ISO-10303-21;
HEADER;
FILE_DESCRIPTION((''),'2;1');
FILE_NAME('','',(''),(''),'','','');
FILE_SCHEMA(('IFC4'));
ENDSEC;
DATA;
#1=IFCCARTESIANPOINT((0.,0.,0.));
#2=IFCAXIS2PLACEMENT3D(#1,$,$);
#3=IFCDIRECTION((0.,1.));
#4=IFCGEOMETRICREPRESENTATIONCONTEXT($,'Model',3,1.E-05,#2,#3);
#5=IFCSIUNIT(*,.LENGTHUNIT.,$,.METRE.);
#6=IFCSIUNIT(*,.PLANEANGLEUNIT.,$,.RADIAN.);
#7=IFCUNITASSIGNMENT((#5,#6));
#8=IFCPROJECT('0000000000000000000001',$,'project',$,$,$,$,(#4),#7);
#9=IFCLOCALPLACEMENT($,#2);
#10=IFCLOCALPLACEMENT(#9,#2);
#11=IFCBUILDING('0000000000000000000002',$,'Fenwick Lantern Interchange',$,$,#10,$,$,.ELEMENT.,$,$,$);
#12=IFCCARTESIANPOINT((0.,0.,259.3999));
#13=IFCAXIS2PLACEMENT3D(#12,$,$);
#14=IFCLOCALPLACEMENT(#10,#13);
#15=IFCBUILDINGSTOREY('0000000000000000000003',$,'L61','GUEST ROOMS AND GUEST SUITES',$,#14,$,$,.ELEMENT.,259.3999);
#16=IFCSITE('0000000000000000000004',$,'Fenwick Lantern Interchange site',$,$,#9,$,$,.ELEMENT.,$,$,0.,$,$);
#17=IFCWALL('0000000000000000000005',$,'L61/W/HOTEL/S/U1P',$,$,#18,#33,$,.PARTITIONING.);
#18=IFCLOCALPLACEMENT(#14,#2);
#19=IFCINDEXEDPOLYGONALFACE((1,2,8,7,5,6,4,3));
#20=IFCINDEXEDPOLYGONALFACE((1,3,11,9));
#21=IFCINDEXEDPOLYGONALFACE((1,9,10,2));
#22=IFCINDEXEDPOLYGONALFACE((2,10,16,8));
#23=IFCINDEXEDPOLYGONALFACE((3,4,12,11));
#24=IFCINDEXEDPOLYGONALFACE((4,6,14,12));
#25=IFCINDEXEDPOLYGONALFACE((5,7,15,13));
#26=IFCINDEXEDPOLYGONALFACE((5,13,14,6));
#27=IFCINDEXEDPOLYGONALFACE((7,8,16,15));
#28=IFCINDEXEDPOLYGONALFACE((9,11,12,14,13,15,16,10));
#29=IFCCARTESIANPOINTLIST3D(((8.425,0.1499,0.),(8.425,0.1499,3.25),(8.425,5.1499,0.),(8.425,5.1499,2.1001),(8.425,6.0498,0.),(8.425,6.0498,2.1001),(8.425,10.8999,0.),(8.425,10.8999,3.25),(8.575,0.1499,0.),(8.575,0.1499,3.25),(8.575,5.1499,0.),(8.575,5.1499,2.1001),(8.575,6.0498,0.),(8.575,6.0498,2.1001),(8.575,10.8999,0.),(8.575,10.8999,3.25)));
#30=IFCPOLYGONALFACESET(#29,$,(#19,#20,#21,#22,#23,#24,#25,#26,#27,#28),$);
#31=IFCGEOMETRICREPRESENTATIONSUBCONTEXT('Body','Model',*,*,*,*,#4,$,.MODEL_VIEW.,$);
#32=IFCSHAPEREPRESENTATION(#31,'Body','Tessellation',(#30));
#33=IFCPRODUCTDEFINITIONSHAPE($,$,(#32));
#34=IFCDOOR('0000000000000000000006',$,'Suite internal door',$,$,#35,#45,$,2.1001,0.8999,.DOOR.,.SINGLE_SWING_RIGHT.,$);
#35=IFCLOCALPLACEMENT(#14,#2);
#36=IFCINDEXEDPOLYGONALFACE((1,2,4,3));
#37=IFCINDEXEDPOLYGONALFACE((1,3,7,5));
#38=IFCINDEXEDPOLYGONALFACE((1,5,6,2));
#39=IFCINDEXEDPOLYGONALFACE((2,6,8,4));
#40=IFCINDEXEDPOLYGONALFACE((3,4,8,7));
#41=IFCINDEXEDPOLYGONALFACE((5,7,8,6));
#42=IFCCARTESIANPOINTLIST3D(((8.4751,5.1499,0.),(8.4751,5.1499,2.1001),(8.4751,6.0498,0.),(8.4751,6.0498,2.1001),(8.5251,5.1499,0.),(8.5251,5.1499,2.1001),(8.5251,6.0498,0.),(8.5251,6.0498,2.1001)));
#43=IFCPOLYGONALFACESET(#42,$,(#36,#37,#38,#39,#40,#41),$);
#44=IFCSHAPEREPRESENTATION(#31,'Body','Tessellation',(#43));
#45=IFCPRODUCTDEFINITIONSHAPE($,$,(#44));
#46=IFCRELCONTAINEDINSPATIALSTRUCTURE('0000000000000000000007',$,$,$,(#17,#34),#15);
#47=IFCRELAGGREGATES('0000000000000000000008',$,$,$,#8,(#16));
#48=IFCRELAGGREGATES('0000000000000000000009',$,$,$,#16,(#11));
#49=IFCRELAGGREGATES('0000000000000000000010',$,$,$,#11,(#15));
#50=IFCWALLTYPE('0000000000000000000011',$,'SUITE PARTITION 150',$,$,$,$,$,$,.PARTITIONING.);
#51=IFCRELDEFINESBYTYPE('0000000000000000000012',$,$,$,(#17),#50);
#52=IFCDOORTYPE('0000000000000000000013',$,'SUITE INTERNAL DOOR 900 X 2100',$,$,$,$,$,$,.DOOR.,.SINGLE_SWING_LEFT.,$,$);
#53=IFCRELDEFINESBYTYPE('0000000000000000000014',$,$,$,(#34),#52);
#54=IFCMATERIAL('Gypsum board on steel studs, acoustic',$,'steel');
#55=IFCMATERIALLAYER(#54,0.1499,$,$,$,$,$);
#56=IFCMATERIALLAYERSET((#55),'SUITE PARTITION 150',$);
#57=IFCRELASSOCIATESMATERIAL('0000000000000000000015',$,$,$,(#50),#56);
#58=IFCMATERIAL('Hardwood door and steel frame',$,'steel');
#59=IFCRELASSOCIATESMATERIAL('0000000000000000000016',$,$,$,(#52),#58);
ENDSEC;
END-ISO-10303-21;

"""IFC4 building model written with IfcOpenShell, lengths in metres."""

from ifc_helpers import new_model, si_unit, direction, frame, frame_2d, origin, place, context, subcontext, project, spatial, rectangle, extrude, material, layer, layer_set, type_object, element, fill, save


model = new_model("IFC4")

# Units and contexts
model_context = context("Model", 3, precision=1e-05, world=origin(), true_north=direction((0.0, 1.0)))
body_context = subcontext(model_context, "Body", "Model", "MODEL_VIEW")
ifc_project = project(units=[si_unit("LENGTHUNIT", "METRE"), si_unit("PLANEANGLEUNIT", "RADIAN")], contexts=[model_context])

# Site, building, storey
site_placement = place(None, origin())
site = spatial("IfcSite", under=ifc_project, at=site_placement, Name="Fenwick Lantern Interchange site", CompositionType="ELEMENT", RefElevation=0.0)
building_placement = place(site_placement, origin())
building = spatial("IfcBuilding", under=site, at=building_placement, Name="Fenwick Lantern Interchange", CompositionType="ELEMENT")
storey_placement = place(building_placement, frame((0.0, 0.0, 259.3999)))
storey = spatial("IfcBuildingStorey", under=building, at=storey_placement, Name="L61", Description="GUEST ROOMS AND GUEST SUITES", CompositionType="ELEMENT", Elevation=259.3999)

# Wall, opening, door
ifc_material_1 = material(Name="Gypsum board on steel studs, acoustic", Category="steel")
ifc_layer_1 = layer(ifc_material_1, 0.1499)
ifc_layer_set_1 = layer_set([ifc_layer_1], Name="SUITE PARTITION 150")
wall_type_1 = type_object("IfcWallType", Name="SUITE PARTITION 150", PredefinedType="PARTITIONING", material=ifc_layer_set_1)
wall_placement = place(storey_placement, frame((8.5, 0.1499, 0.0), z_axis=(0.0, 0.0, 1.0), x_axis=(0.0, 1.0, 0.0)))
wall = element("IfcWall", 1, at=wall_placement, inside=storey, type_object=wall_type_1, Name="L61/W/HOTEL/S/U1P", PredefinedType="PARTITIONING", context=body_context, shape_type="SweptSolid", body=[
    extrude(rectangle(XDim=10.75, YDim=0.1499, at=frame_2d((5.375, 0.0))), origin(), (0.0, 0.0, 1.0), 3.25),
])
opening_placement = place(wall_placement, frame((5.0, 0.0, 0.0)))
opening = element("IfcOpeningElement", 2, at=opening_placement, cuts=wall, PredefinedType="OPENING", context=body_context, shape_type="SweptSolid", body=[
    extrude(rectangle(XDim=0.8999, YDim=2.1001, at=frame_2d((0.45, 1.05))), frame((0.0, 0.085, 0.0), z_axis=(0.0, -1.0, 0.0), x_axis=(1.0, 0.0, 0.0)), (0.0, 0.0, 1.0), 0.1699),
])
ifc_material_2 = material(Name="Hardwood door and steel frame", Category="steel")
door_type = type_object("IfcDoorType", Name="SUITE INTERNAL DOOR 900 X 2100", OperationType="SINGLE_SWING_LEFT", PredefinedType="DOOR", material=ifc_material_2)
door_placement = place(opening_placement, origin())
door = element("IfcDoor", 3, at=door_placement, inside=storey, type_object=door_type, Name="Suite internal door", OperationType="SINGLE_SWING_RIGHT", OverallHeight=2.1001, OverallWidth=0.8999, PredefinedType="DOOR", context=body_context, shape_type="SweptSolid", body=[
    extrude(rectangle(XDim=0.8999, YDim=2.1001, at=frame_2d((0.45, 1.05))), frame((0.0, 0.0249, 0.0), z_axis=(0.0, -1.0, 0.0), x_axis=(1.0, 0.0, 0.0)), (0.0, 0.0, 1.0), 0.05),
])
fill(opening, door)

save(model, "model.ifc")
